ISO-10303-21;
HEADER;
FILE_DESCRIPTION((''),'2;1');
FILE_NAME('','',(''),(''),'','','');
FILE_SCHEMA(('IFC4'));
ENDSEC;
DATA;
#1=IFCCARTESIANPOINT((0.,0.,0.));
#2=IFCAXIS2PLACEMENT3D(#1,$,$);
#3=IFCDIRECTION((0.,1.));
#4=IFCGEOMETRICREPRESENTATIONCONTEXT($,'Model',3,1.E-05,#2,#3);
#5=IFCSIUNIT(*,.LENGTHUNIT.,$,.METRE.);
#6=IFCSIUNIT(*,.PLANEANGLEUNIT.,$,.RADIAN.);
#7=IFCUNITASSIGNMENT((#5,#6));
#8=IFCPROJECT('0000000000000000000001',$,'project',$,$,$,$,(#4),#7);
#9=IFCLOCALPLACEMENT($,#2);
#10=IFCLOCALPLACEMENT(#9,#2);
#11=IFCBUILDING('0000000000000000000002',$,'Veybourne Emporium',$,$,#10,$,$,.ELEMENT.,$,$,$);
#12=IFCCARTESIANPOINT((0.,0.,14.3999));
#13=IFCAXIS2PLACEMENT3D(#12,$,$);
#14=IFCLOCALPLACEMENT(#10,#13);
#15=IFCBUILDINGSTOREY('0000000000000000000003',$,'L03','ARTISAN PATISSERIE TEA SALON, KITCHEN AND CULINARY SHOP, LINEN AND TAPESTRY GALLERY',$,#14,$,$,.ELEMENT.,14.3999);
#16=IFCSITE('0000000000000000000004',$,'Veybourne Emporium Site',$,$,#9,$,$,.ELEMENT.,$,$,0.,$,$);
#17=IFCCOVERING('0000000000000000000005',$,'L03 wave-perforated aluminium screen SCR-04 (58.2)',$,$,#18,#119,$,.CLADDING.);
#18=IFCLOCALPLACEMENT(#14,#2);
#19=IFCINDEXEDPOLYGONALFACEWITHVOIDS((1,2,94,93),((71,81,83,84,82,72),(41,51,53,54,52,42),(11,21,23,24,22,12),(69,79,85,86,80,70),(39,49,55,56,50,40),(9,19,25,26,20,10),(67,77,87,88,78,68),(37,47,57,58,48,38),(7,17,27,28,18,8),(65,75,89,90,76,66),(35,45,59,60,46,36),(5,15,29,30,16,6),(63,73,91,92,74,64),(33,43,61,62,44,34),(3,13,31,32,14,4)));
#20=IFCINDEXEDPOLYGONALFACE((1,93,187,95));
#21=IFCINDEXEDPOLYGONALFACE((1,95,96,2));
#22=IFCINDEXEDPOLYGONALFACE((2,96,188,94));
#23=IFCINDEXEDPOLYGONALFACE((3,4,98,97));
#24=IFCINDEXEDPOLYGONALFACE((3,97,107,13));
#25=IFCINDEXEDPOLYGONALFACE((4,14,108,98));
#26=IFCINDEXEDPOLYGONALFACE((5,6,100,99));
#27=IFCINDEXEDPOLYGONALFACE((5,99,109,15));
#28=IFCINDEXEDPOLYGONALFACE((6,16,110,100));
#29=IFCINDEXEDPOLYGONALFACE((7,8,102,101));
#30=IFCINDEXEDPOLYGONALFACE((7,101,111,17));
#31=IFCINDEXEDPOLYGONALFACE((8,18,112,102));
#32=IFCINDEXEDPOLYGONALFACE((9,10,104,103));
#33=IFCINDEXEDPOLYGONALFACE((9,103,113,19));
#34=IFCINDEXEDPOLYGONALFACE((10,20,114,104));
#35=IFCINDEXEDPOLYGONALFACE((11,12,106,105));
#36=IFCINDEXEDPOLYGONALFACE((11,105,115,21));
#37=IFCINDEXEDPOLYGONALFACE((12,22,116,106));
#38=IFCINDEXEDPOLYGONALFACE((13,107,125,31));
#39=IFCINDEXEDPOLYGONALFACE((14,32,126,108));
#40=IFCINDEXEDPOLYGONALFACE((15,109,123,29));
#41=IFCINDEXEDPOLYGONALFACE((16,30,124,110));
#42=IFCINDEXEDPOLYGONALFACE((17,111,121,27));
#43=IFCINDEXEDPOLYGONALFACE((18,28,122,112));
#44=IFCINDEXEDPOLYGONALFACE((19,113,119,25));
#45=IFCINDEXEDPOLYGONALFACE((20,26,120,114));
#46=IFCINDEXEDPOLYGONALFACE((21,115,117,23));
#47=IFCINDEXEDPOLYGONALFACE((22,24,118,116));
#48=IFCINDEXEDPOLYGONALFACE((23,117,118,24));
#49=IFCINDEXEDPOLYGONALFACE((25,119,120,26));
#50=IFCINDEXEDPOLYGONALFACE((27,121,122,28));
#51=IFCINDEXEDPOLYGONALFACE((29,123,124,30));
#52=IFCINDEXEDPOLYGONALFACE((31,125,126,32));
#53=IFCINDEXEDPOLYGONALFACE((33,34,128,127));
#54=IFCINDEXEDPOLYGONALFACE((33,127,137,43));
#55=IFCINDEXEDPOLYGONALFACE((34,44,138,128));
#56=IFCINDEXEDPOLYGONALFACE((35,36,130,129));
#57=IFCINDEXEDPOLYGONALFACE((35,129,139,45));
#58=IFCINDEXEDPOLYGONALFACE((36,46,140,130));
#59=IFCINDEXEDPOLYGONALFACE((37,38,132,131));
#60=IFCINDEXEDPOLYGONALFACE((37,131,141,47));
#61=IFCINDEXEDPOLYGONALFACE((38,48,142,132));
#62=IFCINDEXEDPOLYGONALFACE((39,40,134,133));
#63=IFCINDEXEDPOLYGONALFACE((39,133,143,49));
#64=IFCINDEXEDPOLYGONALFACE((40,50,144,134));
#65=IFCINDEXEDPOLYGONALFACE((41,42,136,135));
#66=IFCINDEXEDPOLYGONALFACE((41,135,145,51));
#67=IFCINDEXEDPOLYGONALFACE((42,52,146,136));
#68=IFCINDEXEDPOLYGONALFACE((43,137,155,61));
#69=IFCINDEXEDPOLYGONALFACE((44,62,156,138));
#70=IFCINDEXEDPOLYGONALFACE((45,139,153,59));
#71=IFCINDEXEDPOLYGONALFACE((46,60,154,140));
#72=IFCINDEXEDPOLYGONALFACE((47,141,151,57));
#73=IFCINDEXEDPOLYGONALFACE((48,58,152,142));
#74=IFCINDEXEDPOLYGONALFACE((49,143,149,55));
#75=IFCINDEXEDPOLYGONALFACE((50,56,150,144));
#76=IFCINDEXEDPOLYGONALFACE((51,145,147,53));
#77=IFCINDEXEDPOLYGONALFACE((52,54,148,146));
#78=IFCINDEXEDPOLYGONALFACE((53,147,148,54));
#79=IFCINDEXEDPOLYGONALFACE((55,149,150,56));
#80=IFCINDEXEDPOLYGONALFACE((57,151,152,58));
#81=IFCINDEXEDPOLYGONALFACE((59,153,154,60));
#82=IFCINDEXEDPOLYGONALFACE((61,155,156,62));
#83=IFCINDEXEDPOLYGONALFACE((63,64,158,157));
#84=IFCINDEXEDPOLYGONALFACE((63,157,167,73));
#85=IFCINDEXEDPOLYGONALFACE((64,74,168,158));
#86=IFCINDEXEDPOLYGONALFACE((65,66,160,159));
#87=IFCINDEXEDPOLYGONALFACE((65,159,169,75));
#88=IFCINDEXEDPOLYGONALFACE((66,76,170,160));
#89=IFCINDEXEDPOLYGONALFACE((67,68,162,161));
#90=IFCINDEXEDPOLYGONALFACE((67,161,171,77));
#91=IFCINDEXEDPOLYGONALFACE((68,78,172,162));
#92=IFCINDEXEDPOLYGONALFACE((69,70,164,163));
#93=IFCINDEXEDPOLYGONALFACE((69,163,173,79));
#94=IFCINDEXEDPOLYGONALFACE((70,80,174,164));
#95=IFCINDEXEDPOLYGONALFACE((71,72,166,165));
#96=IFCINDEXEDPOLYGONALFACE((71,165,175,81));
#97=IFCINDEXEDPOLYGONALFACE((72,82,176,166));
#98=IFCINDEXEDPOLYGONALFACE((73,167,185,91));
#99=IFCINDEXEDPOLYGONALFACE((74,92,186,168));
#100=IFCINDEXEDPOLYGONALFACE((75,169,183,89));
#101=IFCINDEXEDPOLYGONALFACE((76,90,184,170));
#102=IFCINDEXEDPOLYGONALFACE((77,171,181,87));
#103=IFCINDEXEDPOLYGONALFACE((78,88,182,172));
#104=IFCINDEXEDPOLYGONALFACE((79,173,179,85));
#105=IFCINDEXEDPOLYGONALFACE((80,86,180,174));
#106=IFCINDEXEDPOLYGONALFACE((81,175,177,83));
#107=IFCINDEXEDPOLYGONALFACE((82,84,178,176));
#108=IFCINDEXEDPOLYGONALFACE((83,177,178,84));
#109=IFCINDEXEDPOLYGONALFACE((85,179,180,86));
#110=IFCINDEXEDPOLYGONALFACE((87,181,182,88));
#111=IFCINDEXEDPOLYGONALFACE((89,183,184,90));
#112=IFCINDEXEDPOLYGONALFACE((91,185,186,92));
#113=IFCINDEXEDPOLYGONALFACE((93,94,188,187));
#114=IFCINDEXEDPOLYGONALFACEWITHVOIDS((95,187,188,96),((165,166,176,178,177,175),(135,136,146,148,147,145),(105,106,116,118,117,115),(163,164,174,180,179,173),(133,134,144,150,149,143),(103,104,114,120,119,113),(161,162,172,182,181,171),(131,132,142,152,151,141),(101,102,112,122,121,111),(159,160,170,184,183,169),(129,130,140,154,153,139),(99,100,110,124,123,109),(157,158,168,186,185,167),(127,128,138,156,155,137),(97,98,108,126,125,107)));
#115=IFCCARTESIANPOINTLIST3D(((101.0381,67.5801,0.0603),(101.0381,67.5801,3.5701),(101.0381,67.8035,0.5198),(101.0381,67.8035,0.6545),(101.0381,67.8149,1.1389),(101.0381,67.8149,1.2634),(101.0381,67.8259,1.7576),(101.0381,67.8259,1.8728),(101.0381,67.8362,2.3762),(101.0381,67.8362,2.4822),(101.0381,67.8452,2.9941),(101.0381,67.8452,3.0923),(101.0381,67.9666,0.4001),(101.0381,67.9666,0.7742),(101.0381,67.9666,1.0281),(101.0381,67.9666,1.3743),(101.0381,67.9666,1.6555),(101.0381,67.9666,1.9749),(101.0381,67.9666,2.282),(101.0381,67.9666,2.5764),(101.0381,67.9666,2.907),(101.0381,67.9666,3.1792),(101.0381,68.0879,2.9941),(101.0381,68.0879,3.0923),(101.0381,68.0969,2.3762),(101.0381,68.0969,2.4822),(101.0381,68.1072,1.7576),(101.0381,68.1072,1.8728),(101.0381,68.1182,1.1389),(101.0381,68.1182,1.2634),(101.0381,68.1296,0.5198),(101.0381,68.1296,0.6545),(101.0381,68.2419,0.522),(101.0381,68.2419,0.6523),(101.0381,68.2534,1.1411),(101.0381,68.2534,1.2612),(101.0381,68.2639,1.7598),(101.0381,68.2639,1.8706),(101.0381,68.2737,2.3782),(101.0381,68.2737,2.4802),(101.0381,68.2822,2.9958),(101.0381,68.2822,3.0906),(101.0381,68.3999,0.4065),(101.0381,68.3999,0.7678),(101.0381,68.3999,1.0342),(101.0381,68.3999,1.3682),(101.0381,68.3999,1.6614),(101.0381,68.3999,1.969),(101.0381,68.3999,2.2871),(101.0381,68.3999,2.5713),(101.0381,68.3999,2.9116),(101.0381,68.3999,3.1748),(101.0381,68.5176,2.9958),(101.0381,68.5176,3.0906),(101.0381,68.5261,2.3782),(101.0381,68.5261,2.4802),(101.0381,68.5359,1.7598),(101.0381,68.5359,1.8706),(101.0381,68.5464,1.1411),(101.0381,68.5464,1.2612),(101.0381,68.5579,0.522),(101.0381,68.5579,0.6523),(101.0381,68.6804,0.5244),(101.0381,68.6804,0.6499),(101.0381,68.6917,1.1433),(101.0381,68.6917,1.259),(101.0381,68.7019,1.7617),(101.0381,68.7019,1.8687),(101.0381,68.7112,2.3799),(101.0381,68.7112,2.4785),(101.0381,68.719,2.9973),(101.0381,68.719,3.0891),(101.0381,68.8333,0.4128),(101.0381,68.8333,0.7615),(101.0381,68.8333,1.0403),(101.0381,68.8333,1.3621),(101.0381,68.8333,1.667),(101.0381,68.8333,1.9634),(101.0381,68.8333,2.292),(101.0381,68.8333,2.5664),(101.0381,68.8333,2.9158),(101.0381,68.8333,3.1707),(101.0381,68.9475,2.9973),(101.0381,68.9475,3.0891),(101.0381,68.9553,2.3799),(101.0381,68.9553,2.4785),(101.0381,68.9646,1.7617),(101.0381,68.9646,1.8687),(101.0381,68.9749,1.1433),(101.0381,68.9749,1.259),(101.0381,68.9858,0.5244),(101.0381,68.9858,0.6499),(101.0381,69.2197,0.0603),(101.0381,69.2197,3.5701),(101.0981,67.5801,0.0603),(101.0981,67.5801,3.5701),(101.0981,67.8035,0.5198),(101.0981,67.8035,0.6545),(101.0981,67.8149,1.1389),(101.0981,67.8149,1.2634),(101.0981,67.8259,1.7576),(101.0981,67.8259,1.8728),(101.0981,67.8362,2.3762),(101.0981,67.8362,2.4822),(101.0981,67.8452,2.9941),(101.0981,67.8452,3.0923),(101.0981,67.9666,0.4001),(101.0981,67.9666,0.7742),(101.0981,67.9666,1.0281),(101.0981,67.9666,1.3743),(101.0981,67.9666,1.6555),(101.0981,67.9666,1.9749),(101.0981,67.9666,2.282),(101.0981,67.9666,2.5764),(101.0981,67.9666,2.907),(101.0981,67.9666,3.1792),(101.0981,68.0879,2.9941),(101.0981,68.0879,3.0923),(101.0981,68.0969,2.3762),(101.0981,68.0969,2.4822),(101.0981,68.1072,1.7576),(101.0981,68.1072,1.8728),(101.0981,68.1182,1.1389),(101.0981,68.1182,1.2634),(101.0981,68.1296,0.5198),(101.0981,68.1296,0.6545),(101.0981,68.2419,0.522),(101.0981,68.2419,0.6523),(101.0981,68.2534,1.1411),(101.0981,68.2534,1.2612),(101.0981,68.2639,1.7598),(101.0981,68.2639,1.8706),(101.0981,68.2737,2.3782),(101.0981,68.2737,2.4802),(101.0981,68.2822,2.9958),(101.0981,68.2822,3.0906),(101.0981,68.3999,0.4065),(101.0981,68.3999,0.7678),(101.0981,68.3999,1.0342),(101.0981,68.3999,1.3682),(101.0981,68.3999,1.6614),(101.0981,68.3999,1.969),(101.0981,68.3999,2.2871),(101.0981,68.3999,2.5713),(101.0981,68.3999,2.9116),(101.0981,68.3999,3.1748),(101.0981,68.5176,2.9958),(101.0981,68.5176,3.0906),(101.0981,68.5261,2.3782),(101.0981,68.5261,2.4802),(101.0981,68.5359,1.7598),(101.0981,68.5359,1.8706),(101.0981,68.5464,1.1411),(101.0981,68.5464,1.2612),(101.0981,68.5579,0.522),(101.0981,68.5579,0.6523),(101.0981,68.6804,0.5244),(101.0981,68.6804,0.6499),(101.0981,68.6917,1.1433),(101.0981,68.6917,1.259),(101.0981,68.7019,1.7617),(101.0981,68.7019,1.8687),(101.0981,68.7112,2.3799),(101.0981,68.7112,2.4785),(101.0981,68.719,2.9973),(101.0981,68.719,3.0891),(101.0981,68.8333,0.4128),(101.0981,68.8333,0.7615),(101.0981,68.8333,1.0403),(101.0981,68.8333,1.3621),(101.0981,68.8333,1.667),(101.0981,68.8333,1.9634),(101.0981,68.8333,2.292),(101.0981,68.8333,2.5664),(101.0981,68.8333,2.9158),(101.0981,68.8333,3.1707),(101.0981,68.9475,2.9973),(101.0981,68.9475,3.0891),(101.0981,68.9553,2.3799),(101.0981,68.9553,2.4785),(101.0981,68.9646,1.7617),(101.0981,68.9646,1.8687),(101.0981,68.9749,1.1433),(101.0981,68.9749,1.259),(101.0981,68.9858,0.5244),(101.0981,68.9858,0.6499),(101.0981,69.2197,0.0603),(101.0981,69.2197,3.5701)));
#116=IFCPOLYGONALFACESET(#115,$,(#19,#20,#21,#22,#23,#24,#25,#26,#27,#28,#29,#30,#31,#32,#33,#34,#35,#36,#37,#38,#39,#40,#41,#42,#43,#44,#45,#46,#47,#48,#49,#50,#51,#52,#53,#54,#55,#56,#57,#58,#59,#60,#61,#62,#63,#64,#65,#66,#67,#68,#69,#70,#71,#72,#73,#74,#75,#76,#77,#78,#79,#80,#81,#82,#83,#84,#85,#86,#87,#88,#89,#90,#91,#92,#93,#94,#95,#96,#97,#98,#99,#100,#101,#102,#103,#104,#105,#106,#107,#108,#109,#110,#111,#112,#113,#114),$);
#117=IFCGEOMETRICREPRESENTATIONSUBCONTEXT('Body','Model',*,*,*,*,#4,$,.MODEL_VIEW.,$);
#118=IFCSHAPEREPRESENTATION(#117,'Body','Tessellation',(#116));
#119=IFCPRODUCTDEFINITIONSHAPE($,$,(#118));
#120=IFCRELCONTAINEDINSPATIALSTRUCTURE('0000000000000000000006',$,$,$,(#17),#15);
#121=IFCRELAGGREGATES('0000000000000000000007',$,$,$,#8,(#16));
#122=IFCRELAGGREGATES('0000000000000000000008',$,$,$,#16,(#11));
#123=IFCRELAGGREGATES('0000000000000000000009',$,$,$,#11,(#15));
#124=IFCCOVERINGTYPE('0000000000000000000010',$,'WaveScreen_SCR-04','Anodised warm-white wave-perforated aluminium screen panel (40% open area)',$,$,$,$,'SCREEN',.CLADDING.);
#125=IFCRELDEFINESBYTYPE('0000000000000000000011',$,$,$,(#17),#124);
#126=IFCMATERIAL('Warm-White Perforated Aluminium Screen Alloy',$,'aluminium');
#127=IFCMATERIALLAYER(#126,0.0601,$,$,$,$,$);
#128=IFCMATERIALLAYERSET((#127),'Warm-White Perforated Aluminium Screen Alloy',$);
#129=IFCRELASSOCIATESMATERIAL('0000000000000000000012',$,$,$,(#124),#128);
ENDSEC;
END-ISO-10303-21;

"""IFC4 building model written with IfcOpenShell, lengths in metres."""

from ifc_helpers import new_model, si_unit, direction, frame, origin, place, context, subcontext, project, spatial, polyline, outline, extrude, material, layer, layer_set, type_object, element, save


model = new_model("IFC4")

# Units and contexts
model_context = context("Model", 3, precision=1e-05, world=origin(), true_north=direction((0.0, 1.0)))
body_context = subcontext(model_context, "Body", "Model", "MODEL_VIEW")
ifc_project = project(units=[si_unit("LENGTHUNIT", "METRE"), si_unit("PLANEANGLEUNIT", "RADIAN")], contexts=[model_context])

# Site, building, storey
site_placement = place(None, origin())
site = spatial("IfcSite", under=ifc_project, at=site_placement, Name="Veybourne Emporium Site", CompositionType="ELEMENT", RefElevation=0.0)
building_placement = place(site_placement, origin())
building = spatial("IfcBuilding", under=site, at=building_placement, Name="Veybourne Emporium", CompositionType="ELEMENT")
storey_placement = place(building_placement, frame((0.0, 0.0, 14.3999)))
storey = spatial("IfcBuildingStorey", under=building, at=storey_placement, Name="L03", Description="ARTISAN PATISSERIE TEA SALON, KITCHEN AND CULINARY SHOP, LINEN AND TAPESTRY GALLERY", CompositionType="ELEMENT", Elevation=14.3999)

# Covering
ifc_material_1 = material(Name="Warm-White Perforated Aluminium Screen Alloy", Category="aluminium")
ifc_layer_1 = layer(ifc_material_1, 0.0601)
ifc_layer_set_1 = layer_set([ifc_layer_1], Name="Warm-White Perforated Aluminium Screen Alloy")
covering_type_1 = type_object("IfcCoveringType", Name="WaveScreen_SCR-04", Description="Anodised warm-white wave-perforated aluminium screen panel (40% open area)", ElementType="SCREEN", PredefinedType="CLADDING", material=ifc_layer_set_1)
covering_1_placement = place(storey_placement, frame((101.0981, 68.3999, 1.8152), z_axis=(-1.0, 0.0, 0.0), x_axis=(0.0, -1.0, 0.0)))
element("IfcCovering", 1, at=covering_1_placement, inside=storey, type_object=covering_type_1, Name="L03 wave-perforated aluminium screen SCR-04 (58.2)", PredefinedType="CLADDING", context=body_context, shape_type="SweptSolid", body=[
    extrude(outline(polyline([(-0.8198, -1.7549), (0.8198, -1.7549), (0.8198, 1.7549), (-0.8198, 1.7549), (-0.8198, -1.7549)]), holes=[polyline([(-0.4333, -1.0537), (-0.2805, -1.1653), (-0.2805, -1.2908), (-0.4333, -1.4023), (-0.5859, -1.2908), (-0.5859, -1.1653), (-0.4333, -1.0537)]), polyline([(-0.4333, -0.4531), (-0.2917, -0.5562), (-0.2917, -0.6719), (-0.4333, -0.7749), (-0.575, -0.6719), (-0.575, -0.5562), (-0.4333, -0.4531)]), polyline([(-0.4333, 0.1482), (-0.302, 0.0535), (-0.302, -0.0535), (-0.4333, -0.1482), (-0.5647, -0.0535), (-0.5647, 0.0535), (-0.4333, 0.1482)]), polyline([(-0.4333, 0.7512), (-0.3113, 0.6633), (-0.3113, 0.5647), (-0.4333, 0.4768), (-0.5554, 0.5647), (-0.5554, 0.6633), (-0.4333, 0.7512)]), polyline([(-0.4333, 1.3555), (-0.3191, 1.2739), (-0.3191, 1.1821), (-0.4333, 1.1006), (-0.5476, 1.1821), (-0.5476, 1.2739), (-0.4333, 1.3555)]), polyline([(0.0, -1.0474), (0.158, -1.1628), (0.158, -1.2932), (0.0, -1.4087), (-0.158, -1.2932), (-0.158, -1.1628), (0.0, -1.0474)]), polyline([(0.0, -0.447), (0.1465, -0.554), (0.1465, -0.6741), (0.0, -0.781), (-0.1465, -0.6741), (-0.1465, -0.554), (0.0, -0.447)]), polyline([(0.0, 0.1538), (0.136, 0.0554), (0.136, -0.0554), (0.0, -0.1538), (-0.136, -0.0554), (-0.136, 0.0554), (0.0, 0.1538)]), polyline([(0.0, 0.7561), (0.1262, 0.665), (0.1262, 0.563), (0.0, 0.4719), (-0.1262, 0.563), (-0.1262, 0.665), (0.0, 0.7561)]), polyline([(0.0, 1.3596), (0.1177, 1.2754), (0.1177, 1.1807), (0.0, 1.0964), (-0.1177, 1.1807), (-0.1177, 1.2754), (0.0, 1.3596)]), polyline([(0.4333, -1.041), (0.5964, -1.1606), (0.5964, -1.2954), (0.4333, -1.415), (0.2703, -1.2954), (0.2703, -1.1606), (0.4333, -1.041)]), polyline([(0.4333, -0.4409), (0.585, -0.5518), (0.585, -0.6763), (0.4333, -0.7871), (0.2817, -0.6763), (0.2817, -0.5518), (0.4333, -0.4409)]), polyline([(0.4333, 0.1597), (0.574, 0.0576), (0.574, -0.0576), (0.4333, -0.1597), (0.2927, -0.0576), (0.2927, 0.0576), (0.4333, 0.1597)]), polyline([(0.4333, 0.7612), (0.5637, 0.667), (0.5637, 0.561), (0.4333, 0.4668), (0.303, 0.561), (0.303, 0.667), (0.4333, 0.7612)]), polyline([(0.4333, 1.364), (0.5547, 1.2771), (0.5547, 1.179), (0.4333, 1.0918), (0.312, 1.179), (0.312, 1.2771), (0.4333, 1.364)])]), origin(), (0.0, 0.0, 1.0), 0.0601),
])

save(model, "model.ifc")
